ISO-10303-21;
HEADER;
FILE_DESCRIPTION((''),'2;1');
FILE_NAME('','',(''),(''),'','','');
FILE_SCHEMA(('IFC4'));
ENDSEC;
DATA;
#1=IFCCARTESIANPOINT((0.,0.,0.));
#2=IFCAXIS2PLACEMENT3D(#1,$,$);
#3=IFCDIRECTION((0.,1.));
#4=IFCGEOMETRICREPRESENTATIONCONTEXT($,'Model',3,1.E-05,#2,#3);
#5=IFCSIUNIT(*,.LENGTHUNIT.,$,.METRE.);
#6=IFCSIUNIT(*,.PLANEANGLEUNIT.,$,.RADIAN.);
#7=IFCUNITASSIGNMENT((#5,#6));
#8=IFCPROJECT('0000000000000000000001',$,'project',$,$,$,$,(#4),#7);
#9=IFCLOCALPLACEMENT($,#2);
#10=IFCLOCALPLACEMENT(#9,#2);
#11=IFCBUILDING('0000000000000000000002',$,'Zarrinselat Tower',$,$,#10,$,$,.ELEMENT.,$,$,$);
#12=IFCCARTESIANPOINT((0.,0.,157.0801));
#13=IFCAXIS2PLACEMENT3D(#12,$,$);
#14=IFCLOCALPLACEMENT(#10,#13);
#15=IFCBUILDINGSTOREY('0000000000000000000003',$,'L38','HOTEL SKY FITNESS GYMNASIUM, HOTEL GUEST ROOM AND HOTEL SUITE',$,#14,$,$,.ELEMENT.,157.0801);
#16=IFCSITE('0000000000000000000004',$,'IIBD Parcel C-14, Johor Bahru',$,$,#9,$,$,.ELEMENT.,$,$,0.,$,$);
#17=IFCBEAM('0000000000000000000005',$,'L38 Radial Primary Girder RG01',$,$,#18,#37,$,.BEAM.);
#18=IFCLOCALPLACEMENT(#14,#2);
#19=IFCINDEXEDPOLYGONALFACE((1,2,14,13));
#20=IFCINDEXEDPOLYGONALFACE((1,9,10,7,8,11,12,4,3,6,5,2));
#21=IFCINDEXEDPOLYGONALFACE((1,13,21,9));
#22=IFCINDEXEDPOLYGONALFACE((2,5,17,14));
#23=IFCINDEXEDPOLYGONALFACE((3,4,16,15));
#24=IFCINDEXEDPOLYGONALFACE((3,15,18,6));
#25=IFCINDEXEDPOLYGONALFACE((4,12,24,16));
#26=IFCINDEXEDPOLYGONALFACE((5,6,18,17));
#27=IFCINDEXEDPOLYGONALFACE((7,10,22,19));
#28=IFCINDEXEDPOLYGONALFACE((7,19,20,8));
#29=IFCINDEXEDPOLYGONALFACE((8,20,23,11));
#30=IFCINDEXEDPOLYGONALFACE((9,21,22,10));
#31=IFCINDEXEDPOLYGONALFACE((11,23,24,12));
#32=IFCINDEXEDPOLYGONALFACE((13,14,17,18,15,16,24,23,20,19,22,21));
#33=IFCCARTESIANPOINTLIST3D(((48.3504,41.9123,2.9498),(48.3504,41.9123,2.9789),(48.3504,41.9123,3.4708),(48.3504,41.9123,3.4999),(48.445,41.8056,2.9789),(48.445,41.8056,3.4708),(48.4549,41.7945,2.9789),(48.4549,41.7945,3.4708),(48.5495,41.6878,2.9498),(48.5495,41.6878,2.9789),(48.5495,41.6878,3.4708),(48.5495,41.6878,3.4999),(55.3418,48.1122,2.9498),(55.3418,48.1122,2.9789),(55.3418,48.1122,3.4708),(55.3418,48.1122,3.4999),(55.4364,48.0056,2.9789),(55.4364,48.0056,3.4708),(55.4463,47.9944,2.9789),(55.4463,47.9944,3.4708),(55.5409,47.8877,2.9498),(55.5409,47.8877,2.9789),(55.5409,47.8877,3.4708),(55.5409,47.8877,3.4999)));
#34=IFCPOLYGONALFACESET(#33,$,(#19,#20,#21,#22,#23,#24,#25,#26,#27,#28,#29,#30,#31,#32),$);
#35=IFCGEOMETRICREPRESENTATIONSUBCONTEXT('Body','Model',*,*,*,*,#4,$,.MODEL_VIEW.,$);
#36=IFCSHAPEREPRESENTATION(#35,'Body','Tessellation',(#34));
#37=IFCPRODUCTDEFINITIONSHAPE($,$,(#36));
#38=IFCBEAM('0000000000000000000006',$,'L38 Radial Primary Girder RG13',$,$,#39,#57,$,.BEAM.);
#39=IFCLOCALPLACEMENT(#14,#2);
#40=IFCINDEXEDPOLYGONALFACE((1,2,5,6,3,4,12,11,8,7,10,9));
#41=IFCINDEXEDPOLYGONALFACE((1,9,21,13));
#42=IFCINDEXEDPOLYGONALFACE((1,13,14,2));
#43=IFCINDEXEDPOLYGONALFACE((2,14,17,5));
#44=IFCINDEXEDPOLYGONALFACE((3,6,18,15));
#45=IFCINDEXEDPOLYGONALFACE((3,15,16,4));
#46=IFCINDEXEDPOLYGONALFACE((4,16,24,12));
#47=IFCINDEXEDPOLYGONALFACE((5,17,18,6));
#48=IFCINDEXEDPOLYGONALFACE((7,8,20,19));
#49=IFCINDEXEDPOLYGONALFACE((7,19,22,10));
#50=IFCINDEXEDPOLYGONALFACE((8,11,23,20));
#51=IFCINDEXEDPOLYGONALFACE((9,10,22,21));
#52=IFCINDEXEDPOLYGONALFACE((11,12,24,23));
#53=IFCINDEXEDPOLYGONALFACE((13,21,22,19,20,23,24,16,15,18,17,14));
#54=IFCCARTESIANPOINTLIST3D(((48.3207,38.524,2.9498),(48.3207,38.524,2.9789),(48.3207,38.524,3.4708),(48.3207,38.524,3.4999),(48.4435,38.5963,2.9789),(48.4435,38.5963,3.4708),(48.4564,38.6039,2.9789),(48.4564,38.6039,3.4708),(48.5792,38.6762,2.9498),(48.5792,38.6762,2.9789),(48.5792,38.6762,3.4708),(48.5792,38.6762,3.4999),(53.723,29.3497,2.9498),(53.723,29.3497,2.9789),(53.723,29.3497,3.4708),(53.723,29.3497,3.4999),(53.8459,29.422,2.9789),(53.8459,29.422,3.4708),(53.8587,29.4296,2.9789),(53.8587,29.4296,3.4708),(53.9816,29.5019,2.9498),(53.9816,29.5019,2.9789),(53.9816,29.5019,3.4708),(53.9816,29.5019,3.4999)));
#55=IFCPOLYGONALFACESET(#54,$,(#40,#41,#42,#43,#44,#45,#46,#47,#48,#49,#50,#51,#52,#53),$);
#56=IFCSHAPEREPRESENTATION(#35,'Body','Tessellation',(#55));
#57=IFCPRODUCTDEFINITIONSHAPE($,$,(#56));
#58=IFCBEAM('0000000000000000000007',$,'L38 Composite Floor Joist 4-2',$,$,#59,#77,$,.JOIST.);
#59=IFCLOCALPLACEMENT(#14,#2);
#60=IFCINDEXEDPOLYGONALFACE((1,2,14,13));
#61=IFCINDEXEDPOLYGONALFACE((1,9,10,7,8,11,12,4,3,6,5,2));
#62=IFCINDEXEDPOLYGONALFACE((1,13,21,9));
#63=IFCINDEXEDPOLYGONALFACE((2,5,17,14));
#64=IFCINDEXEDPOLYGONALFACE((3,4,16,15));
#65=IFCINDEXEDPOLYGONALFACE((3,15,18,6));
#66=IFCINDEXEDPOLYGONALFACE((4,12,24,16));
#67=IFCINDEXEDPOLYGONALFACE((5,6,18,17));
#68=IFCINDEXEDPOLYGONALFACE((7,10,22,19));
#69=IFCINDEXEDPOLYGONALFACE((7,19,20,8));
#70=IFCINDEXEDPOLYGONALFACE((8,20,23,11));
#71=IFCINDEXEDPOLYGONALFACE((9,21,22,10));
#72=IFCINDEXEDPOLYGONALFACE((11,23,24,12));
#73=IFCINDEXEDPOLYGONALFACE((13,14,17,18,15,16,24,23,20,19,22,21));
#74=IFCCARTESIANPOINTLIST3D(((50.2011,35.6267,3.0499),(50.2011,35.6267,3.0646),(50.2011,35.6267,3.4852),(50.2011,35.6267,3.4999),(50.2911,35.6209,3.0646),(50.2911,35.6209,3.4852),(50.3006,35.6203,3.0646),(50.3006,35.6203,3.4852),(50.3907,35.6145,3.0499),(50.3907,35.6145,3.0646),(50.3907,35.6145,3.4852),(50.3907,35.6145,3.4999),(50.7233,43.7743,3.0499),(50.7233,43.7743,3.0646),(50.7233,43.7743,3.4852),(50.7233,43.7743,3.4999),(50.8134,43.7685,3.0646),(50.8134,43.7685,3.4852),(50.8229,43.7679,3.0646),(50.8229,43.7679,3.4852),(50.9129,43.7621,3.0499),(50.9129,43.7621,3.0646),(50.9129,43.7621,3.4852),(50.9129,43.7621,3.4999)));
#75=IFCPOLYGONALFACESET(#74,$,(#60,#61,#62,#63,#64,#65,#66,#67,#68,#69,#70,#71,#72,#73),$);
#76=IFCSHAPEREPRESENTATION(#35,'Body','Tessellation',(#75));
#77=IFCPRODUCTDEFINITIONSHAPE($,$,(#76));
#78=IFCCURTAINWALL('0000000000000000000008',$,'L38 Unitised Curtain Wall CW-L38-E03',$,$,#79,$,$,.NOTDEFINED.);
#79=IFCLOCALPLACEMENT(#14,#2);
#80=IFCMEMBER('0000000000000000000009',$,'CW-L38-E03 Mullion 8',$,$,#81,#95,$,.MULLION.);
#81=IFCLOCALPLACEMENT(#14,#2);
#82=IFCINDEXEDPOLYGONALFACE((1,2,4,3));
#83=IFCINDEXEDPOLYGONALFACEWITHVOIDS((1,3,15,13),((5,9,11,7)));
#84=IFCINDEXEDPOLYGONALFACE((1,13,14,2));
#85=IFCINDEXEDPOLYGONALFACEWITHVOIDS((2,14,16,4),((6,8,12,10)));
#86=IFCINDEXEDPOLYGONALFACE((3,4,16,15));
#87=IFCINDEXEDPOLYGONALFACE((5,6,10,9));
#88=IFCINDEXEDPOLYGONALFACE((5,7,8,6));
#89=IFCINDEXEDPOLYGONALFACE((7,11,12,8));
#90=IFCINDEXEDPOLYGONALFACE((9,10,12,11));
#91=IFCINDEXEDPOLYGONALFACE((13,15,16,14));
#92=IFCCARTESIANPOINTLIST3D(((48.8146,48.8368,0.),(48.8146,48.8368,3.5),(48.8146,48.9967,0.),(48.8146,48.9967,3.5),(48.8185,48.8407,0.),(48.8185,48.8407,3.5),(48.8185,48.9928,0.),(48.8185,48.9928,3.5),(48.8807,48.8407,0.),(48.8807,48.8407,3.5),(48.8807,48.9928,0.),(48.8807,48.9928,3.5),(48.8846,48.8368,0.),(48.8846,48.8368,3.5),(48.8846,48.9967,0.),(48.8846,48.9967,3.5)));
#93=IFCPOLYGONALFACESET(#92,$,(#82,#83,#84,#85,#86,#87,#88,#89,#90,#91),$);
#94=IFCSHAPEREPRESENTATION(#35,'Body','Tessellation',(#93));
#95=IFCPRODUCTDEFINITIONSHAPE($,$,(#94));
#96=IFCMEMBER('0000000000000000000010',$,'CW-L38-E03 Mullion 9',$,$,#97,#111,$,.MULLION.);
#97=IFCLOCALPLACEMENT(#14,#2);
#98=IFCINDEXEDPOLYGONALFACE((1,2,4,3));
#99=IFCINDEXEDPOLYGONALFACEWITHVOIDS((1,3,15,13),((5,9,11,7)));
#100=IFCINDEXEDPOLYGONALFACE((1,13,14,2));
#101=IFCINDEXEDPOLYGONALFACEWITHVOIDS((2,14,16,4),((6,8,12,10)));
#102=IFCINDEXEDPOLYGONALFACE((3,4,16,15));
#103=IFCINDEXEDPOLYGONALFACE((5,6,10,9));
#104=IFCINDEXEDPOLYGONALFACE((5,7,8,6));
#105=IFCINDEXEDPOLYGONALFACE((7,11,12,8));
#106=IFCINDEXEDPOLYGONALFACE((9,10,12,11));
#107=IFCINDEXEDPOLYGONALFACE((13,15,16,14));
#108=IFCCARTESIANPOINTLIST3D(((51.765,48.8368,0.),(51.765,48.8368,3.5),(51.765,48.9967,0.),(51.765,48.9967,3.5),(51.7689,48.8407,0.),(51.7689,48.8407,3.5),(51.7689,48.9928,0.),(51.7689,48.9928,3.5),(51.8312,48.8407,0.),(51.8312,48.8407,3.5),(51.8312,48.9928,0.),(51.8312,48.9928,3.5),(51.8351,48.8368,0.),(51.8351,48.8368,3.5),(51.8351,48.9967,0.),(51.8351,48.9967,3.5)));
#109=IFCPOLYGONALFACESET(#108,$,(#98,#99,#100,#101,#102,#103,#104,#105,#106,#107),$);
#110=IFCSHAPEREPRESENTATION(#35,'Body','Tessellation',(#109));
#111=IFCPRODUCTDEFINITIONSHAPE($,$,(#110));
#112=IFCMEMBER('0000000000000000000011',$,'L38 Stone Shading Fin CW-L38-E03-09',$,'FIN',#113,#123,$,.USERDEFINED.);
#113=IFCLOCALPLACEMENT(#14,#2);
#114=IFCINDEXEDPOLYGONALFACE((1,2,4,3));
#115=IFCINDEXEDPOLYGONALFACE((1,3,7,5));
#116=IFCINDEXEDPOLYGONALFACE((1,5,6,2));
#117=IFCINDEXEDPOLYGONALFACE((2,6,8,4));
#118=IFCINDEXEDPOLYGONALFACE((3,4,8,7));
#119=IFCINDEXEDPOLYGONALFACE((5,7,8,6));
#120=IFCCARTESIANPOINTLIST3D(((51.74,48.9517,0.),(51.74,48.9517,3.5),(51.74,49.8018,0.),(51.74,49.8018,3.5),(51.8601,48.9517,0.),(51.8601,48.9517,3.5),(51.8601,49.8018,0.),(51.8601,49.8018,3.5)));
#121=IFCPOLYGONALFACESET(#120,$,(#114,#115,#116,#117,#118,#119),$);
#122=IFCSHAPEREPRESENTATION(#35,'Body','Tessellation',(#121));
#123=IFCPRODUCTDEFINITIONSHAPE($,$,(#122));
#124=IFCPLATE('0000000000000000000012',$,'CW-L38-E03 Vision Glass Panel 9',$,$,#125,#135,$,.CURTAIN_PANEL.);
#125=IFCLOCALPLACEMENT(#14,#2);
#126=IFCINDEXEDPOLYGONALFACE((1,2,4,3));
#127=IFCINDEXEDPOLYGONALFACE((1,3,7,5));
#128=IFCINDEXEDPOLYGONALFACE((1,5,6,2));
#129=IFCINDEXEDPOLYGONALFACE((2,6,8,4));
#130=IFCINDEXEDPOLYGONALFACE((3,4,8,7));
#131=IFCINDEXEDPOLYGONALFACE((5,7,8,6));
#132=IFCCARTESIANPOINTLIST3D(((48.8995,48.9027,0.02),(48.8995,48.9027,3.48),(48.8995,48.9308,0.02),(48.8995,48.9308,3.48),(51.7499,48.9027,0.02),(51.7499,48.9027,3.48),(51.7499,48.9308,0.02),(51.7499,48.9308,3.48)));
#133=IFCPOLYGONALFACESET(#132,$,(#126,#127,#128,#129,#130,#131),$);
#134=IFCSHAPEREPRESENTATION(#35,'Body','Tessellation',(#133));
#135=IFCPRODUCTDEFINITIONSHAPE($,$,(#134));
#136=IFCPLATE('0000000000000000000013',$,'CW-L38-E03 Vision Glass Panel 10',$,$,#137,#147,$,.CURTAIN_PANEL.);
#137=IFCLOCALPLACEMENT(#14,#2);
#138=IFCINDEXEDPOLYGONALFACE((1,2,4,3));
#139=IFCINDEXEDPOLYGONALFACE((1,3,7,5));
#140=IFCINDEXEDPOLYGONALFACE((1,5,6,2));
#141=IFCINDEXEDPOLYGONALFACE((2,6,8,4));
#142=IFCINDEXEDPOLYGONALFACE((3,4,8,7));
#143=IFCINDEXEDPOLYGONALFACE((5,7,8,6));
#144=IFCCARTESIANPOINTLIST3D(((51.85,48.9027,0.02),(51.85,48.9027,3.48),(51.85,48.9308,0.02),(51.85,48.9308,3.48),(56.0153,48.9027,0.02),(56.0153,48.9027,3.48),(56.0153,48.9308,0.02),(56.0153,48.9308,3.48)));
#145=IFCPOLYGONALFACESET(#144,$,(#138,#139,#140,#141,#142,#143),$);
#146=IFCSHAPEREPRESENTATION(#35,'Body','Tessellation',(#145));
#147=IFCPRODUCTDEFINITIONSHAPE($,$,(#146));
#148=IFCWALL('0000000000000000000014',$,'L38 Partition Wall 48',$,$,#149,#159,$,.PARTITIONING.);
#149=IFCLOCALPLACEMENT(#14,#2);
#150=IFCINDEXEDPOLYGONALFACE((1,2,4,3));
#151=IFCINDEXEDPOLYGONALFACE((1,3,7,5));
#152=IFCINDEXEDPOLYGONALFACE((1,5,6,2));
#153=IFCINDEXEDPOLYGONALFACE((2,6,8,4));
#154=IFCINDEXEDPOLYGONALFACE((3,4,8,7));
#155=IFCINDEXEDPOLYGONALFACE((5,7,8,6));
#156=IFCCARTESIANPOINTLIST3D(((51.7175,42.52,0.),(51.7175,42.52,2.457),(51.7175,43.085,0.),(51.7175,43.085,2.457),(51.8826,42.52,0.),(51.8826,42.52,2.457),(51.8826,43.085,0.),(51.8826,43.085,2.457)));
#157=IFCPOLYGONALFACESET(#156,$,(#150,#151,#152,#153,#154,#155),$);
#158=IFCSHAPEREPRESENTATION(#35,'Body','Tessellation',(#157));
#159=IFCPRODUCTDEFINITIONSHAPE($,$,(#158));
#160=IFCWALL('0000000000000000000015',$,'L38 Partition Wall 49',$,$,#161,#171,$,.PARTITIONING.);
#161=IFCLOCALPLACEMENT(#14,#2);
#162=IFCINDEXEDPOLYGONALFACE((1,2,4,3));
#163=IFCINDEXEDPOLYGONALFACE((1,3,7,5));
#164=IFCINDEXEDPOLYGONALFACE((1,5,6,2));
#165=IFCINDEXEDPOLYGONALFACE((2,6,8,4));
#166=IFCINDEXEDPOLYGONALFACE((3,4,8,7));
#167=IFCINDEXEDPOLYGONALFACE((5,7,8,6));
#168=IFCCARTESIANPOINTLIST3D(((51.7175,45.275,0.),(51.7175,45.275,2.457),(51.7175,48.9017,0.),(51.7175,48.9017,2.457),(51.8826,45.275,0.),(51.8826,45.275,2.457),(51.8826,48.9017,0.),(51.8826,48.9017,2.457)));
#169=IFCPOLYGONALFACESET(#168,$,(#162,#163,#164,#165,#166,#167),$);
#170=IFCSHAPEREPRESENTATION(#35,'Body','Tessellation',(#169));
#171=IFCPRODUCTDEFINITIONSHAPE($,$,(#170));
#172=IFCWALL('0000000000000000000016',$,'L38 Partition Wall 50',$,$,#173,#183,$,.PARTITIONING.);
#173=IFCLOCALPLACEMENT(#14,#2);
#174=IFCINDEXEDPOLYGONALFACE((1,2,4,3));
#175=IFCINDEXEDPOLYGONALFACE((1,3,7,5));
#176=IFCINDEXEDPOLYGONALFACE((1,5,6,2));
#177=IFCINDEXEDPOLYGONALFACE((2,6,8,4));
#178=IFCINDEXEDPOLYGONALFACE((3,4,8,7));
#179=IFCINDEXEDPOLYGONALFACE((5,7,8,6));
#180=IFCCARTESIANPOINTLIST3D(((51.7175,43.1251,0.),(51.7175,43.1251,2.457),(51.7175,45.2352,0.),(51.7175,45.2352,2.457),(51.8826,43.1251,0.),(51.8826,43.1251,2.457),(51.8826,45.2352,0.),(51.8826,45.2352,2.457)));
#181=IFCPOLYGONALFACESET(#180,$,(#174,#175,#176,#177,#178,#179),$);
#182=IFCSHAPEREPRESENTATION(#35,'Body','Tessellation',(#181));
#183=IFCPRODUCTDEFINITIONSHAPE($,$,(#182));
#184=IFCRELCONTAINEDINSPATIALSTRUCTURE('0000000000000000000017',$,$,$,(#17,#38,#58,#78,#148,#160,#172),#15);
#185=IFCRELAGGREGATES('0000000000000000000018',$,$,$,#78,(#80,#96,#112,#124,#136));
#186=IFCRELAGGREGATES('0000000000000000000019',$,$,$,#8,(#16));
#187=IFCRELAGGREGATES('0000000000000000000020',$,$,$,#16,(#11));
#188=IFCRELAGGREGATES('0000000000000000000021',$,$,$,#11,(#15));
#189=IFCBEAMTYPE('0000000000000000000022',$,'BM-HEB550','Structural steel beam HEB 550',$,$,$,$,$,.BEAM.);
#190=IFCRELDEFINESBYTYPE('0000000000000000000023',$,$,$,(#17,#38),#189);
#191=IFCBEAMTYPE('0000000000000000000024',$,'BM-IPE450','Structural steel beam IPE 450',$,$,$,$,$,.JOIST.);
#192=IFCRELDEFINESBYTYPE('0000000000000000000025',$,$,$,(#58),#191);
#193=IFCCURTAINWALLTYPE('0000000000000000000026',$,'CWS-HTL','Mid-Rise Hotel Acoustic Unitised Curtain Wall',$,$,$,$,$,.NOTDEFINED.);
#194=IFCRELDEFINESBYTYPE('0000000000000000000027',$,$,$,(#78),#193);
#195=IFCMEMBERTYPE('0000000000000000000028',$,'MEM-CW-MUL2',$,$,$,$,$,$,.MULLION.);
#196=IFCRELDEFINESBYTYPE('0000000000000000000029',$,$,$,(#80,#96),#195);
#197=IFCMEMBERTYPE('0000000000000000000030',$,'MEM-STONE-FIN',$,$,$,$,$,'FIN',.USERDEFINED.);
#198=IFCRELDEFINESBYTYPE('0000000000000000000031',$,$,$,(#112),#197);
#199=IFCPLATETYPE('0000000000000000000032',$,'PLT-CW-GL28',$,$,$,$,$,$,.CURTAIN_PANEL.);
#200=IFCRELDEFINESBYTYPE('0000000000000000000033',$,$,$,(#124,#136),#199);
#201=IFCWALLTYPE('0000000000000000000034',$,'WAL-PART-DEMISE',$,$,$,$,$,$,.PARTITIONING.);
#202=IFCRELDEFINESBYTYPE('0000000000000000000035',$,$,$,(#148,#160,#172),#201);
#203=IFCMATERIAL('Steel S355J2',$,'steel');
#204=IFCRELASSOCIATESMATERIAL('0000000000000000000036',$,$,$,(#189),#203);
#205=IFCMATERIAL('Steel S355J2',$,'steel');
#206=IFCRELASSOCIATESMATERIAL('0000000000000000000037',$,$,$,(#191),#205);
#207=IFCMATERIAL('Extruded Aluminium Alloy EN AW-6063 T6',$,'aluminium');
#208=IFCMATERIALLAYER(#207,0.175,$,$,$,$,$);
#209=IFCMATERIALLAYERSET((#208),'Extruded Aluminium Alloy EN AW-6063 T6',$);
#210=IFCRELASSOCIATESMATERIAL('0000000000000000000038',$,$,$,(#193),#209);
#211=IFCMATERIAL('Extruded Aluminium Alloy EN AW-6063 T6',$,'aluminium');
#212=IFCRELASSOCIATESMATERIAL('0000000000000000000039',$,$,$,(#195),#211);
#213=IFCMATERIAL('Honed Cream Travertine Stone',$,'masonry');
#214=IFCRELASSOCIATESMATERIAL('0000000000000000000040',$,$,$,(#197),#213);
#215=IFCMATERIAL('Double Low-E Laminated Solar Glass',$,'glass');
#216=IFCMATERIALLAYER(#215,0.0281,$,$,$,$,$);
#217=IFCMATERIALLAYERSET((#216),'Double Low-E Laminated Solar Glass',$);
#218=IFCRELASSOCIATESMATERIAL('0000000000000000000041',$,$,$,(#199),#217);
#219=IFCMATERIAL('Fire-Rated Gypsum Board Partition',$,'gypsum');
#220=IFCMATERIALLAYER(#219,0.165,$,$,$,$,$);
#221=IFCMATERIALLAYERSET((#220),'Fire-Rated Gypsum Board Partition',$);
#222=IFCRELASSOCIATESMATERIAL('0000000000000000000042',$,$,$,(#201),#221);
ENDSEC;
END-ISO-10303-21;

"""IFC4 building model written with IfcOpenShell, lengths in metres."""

from ifc_helpers import new_model, si_unit, direction, frame, frame_2d, origin, origin_2d, place, context, subcontext, project, spatial, rectangle, hollow_rectangle, i_section, extrude, material, layer, layer_set, material_profile, profile_set, type_object, element, aggregate, save


model = new_model("IFC4")

# Units and contexts
model_context = context("Model", 3, precision=1e-05, world=origin(), true_north=direction((0.0, 1.0)))
body_context = subcontext(model_context, "Body", "Model", "MODEL_VIEW")
ifc_project = project(units=[si_unit("LENGTHUNIT", "METRE"), si_unit("PLANEANGLEUNIT", "RADIAN")], contexts=[model_context])

# Site, building, storey
site_placement = place(None, origin())
site = spatial("IfcSite", under=ifc_project, at=site_placement, Name="IIBD Parcel C-14, Johor Bahru", CompositionType="ELEMENT", RefElevation=0.0)
building_placement = place(site_placement, origin())
building = spatial("IfcBuilding", under=site, at=building_placement, Name="Zarrinselat Tower", CompositionType="ELEMENT")
storey_placement = place(building_placement, frame((0.0, 0.0, 157.0801)))
storey = spatial("IfcBuildingStorey", under=building, at=storey_placement, Name="L38", Description="HOTEL SKY FITNESS GYMNASIUM, HOTEL GUEST ROOM AND HOTEL SUITE", CompositionType="ELEMENT", Elevation=157.0801)

# Beams
ifc_material_1 = material(Name="Steel S355J2", Category="steel")
ifc_material_profile_1 = material_profile(ifc_material_1, i_section(OverallWidth=0.3, OverallDepth=0.55, WebThickness=0.0149, FlangeThickness=0.0291, at=origin_2d()), Name="HEB 550")
ifc_profile_set_1 = profile_set([ifc_material_profile_1], Name="Steel S355J2")
beam_type_1 = type_object("IfcBeamType", Name="BM-HEB550", Description="Structural steel beam HEB 550", PredefinedType="BEAM", material=ifc_profile_set_1)
beam_1_placement = place(storey_placement, frame((48.45, 41.8, 3.2249), z_axis=(0.748189, 0.663486, 0.0), x_axis=(-0.663486, 0.748189, 0.0)))
element("IfcBeam", 1, at=beam_1_placement, inside=storey, type_object=beam_type_1, Name="L38 Radial Primary Girder RG01", PredefinedType="BEAM", context=body_context, shape_type="SweptSolid", body=[
    extrude(i_section(OverallWidth=0.3, OverallDepth=0.55, WebThickness=0.0149, FlangeThickness=0.0291, at=origin_2d()), origin(), (0.0, 0.0, 1.0), 9.3445),
])
beam_2_placement = place(storey_placement, frame((48.45, 38.6001, 3.2249), z_axis=(0.507417, -0.861701, 0.0), x_axis=(0.861701, 0.507417, 0.0)))
element("IfcBeam", 2, at=beam_2_placement, inside=storey, type_object=beam_type_1, Name="L38 Radial Primary Girder RG13", PredefinedType="BEAM", context=body_context, shape_type="SweptSolid", body=[
    extrude(i_section(OverallWidth=0.3, OverallDepth=0.55, WebThickness=0.0149, FlangeThickness=0.0291, at=origin_2d()), origin(), (0.0, 0.0, 1.0), 10.6467),
])
ifc_material_2 = material(Name="Steel S355J2", Category="steel")
ifc_material_profile_2 = material_profile(ifc_material_2, i_section(OverallWidth=0.1899, OverallDepth=0.45, WebThickness=0.0095, FlangeThickness=0.0146, at=origin_2d()), Name="IPE 450")
ifc_profile_set_2 = profile_set([ifc_material_profile_2], Name="Steel S355J2")
beam_type_2 = type_object("IfcBeamType", Name="BM-IPE450", Description="Structural steel beam IPE 450", PredefinedType="JOIST", material=ifc_profile_set_2)
beam_3_placement = place(storey_placement, frame((50.2959, 35.6206, 3.2749), z_axis=(0.063962, 0.997952, 0.0), x_axis=(-0.997952, 0.063962, 0.0)))
element("IfcBeam", 3, at=beam_3_placement, inside=storey, type_object=beam_type_2, Name="L38 Composite Floor Joist 4-2", PredefinedType="JOIST", context=body_context, shape_type="SweptSolid", body=[
    extrude(i_section(OverallWidth=0.1899, OverallDepth=0.45, WebThickness=0.0095, FlangeThickness=0.0146, at=origin_2d()), origin(), (0.0, 0.0, 1.0), 8.1643),
])

# Curtain wall, members, plates
ifc_material_3 = material(Name="Extruded Aluminium Alloy EN AW-6063 T6", Category="aluminium")
ifc_layer_1 = layer(ifc_material_3, 0.175)
ifc_layer_set_1 = layer_set([ifc_layer_1], Name="Extruded Aluminium Alloy EN AW-6063 T6")
curtain_wall_type = type_object("IfcCurtainWallType", Name="CWS-HTL", Description="Mid-Rise Hotel Acoustic Unitised Curtain Wall", PredefinedType="NOTDEFINED", material=ifc_layer_set_1)
curtain_wall_placement = place(storey_placement, origin())
curtain_wall = element("IfcCurtainWall", 4, at=curtain_wall_placement, inside=storey, type_object=curtain_wall_type, Name="L38 Unitised Curtain Wall CW-L38-E03", PredefinedType="NOTDEFINED")
ifc_material_4 = material(Name="Extruded Aluminium Alloy EN AW-6063 T6", Category="aluminium")
ifc_material_profile_3 = material_profile(ifc_material_4, hollow_rectangle(XDim=0.0701, YDim=0.1599, WallThickness=0.0039, at=origin_2d()), Name="RHS 160x70x4")
ifc_profile_set_3 = profile_set([ifc_material_profile_3], Name="Extruded Aluminium Alloy EN AW-6063 T6")
member_type_1 = type_object("IfcMemberType", Name="MEM-CW-MUL2", PredefinedType="MULLION", material=ifc_profile_set_3)
member_1_placement = place(storey_placement, frame((48.8496, 48.9167, 0.0), z_axis=(0.0, 0.0, 1.0), x_axis=(1.0, 0.0, 0.0)))
member_1 = element("IfcMember", 5, at=member_1_placement, type_object=member_type_1, Name="CW-L38-E03 Mullion 8", PredefinedType="MULLION", context=body_context, shape_type="SweptSolid", body=[
    extrude(hollow_rectangle(XDim=0.0701, YDim=0.1599, WallThickness=0.0039, at=origin_2d()), origin(), (0.0, 0.0, 1.0), 3.5),
])
member_2_placement = place(storey_placement, frame((51.8, 48.9167, 0.0), z_axis=(0.0, 0.0, 1.0), x_axis=(1.0, 0.0, 0.0)))
member_2 = element("IfcMember", 6, at=member_2_placement, type_object=member_type_1, Name="CW-L38-E03 Mullion 9", PredefinedType="MULLION", context=body_context, shape_type="SweptSolid", body=[
    extrude(hollow_rectangle(XDim=0.0701, YDim=0.1599, WallThickness=0.0039, at=origin_2d()), origin(), (0.0, 0.0, 1.0), 3.5),
])
ifc_material_5 = material(Name="Honed Cream Travertine Stone", Category="masonry")
ifc_material_profile_4 = material_profile(ifc_material_5, rectangle(XDim=0.1201, YDim=0.8501, at=origin_2d()), Name="FIN 850x120")
ifc_profile_set_4 = profile_set([ifc_material_profile_4], Name="Honed Cream Travertine Stone")
member_type_2 = type_object("IfcMemberType", Name="MEM-STONE-FIN", ElementType="FIN", PredefinedType="USERDEFINED", material=ifc_profile_set_4)
member_3_placement = place(storey_placement, frame((51.8, 49.3767, 0.0), z_axis=(0.0, 0.0, 1.0), x_axis=(1.0, 0.0, 0.0)))
member_3 = element("IfcMember", 7, at=member_3_placement, type_object=member_type_2, Name="L38 Stone Shading Fin CW-L38-E03-09", ObjectType="FIN", PredefinedType="USERDEFINED", context=body_context, shape_type="SweptSolid", body=[
    extrude(rectangle(XDim=0.1201, YDim=0.8501, at=origin_2d()), origin(), (0.0, 0.0, 1.0), 3.5),
])
ifc_material_6 = material(Name="Double Low-E Laminated Solar Glass", Category="glass")
ifc_layer_2 = layer(ifc_material_6, 0.0281)
ifc_layer_set_2 = layer_set([ifc_layer_2], Name="Double Low-E Laminated Solar Glass")
plate_type = type_object("IfcPlateType", Name="PLT-CW-GL28", PredefinedType="CURTAIN_PANEL", material=ifc_layer_set_2)
plate_1_placement = place(storey_placement, frame((50.3247, 48.9167, 0.02), z_axis=(0.0, 0.0, 1.0), x_axis=(1.0, 0.0, 0.0)))
plate_1 = element("IfcPlate", 8, at=plate_1_placement, type_object=plate_type, Name="CW-L38-E03 Vision Glass Panel 9", PredefinedType="CURTAIN_PANEL", context=body_context, shape_type="SweptSolid", body=[
    extrude(rectangle(XDim=2.8503, YDim=0.0281, at=origin_2d()), origin(), (0.0, 0.0, 1.0), 3.46),
])
plate_2_placement = place(storey_placement, frame((53.9326, 48.9167, 0.02), z_axis=(0.0, 0.0, 1.0), x_axis=(1.0, 0.0, 0.0)))
plate_2 = element("IfcPlate", 9, at=plate_2_placement, type_object=plate_type, Name="CW-L38-E03 Vision Glass Panel 10", PredefinedType="CURTAIN_PANEL", context=body_context, shape_type="SweptSolid", body=[
    extrude(rectangle(XDim=4.1653, YDim=0.0281, at=origin_2d()), origin(), (0.0, 0.0, 1.0), 3.46),
])
aggregate(curtain_wall, [member_1, member_2, member_3, plate_1, plate_2])

# Walls
ifc_material_7 = material(Name="Fire-Rated Gypsum Board Partition", Category="gypsum")
ifc_layer_3 = layer(ifc_material_7, 0.165)
ifc_layer_set_3 = layer_set([ifc_layer_3], Name="Fire-Rated Gypsum Board Partition")
wall_type_1 = type_object("IfcWallType", Name="WAL-PART-DEMISE", PredefinedType="PARTITIONING", material=ifc_layer_set_3)
wall_1_placement = place(storey_placement, frame((51.8, 42.52, 0.0), z_axis=(0.0, 0.0, 1.0), x_axis=(0.0, 1.0, 0.0)))
element("IfcWall", 10, at=wall_1_placement, inside=storey, type_object=wall_type_1, Name="L38 Partition Wall 48", PredefinedType="PARTITIONING", context=body_context, shape_type="SweptSolid", body=[
    extrude(rectangle(XDim=0.5649, YDim=0.165, at=frame_2d((0.2825, 0.0))), origin(), (0.0, 0.0, 1.0), 2.457),
])
wall_2_placement = place(storey_placement, frame((51.8, 45.2749, 0.0), z_axis=(0.0, 0.0, 1.0), x_axis=(0.0, 1.0, 0.0)))
element("IfcWall", 11, at=wall_2_placement, inside=storey, type_object=wall_type_1, Name="L38 Partition Wall 49", PredefinedType="PARTITIONING", context=body_context, shape_type="SweptSolid", body=[
    extrude(rectangle(XDim=3.6267, YDim=0.165, at=frame_2d((1.8135, 0.0))), origin(), (0.0, 0.0, 1.0), 2.457),
])
wall_3_placement = place(storey_placement, frame((51.8, 43.125, 0.0), z_axis=(0.0, 0.0, 1.0), x_axis=(0.0, 1.0, 0.0)))
element("IfcWall", 12, at=wall_3_placement, inside=storey, type_object=wall_type_1, Name="L38 Partition Wall 50", PredefinedType="PARTITIONING", context=body_context, shape_type="SweptSolid", body=[
    extrude(rectangle(XDim=2.1101, YDim=0.165, at=frame_2d((1.0552, 0.0))), origin(), (0.0, 0.0, 1.0), 2.457),
])

save(model, "model.ifc")
